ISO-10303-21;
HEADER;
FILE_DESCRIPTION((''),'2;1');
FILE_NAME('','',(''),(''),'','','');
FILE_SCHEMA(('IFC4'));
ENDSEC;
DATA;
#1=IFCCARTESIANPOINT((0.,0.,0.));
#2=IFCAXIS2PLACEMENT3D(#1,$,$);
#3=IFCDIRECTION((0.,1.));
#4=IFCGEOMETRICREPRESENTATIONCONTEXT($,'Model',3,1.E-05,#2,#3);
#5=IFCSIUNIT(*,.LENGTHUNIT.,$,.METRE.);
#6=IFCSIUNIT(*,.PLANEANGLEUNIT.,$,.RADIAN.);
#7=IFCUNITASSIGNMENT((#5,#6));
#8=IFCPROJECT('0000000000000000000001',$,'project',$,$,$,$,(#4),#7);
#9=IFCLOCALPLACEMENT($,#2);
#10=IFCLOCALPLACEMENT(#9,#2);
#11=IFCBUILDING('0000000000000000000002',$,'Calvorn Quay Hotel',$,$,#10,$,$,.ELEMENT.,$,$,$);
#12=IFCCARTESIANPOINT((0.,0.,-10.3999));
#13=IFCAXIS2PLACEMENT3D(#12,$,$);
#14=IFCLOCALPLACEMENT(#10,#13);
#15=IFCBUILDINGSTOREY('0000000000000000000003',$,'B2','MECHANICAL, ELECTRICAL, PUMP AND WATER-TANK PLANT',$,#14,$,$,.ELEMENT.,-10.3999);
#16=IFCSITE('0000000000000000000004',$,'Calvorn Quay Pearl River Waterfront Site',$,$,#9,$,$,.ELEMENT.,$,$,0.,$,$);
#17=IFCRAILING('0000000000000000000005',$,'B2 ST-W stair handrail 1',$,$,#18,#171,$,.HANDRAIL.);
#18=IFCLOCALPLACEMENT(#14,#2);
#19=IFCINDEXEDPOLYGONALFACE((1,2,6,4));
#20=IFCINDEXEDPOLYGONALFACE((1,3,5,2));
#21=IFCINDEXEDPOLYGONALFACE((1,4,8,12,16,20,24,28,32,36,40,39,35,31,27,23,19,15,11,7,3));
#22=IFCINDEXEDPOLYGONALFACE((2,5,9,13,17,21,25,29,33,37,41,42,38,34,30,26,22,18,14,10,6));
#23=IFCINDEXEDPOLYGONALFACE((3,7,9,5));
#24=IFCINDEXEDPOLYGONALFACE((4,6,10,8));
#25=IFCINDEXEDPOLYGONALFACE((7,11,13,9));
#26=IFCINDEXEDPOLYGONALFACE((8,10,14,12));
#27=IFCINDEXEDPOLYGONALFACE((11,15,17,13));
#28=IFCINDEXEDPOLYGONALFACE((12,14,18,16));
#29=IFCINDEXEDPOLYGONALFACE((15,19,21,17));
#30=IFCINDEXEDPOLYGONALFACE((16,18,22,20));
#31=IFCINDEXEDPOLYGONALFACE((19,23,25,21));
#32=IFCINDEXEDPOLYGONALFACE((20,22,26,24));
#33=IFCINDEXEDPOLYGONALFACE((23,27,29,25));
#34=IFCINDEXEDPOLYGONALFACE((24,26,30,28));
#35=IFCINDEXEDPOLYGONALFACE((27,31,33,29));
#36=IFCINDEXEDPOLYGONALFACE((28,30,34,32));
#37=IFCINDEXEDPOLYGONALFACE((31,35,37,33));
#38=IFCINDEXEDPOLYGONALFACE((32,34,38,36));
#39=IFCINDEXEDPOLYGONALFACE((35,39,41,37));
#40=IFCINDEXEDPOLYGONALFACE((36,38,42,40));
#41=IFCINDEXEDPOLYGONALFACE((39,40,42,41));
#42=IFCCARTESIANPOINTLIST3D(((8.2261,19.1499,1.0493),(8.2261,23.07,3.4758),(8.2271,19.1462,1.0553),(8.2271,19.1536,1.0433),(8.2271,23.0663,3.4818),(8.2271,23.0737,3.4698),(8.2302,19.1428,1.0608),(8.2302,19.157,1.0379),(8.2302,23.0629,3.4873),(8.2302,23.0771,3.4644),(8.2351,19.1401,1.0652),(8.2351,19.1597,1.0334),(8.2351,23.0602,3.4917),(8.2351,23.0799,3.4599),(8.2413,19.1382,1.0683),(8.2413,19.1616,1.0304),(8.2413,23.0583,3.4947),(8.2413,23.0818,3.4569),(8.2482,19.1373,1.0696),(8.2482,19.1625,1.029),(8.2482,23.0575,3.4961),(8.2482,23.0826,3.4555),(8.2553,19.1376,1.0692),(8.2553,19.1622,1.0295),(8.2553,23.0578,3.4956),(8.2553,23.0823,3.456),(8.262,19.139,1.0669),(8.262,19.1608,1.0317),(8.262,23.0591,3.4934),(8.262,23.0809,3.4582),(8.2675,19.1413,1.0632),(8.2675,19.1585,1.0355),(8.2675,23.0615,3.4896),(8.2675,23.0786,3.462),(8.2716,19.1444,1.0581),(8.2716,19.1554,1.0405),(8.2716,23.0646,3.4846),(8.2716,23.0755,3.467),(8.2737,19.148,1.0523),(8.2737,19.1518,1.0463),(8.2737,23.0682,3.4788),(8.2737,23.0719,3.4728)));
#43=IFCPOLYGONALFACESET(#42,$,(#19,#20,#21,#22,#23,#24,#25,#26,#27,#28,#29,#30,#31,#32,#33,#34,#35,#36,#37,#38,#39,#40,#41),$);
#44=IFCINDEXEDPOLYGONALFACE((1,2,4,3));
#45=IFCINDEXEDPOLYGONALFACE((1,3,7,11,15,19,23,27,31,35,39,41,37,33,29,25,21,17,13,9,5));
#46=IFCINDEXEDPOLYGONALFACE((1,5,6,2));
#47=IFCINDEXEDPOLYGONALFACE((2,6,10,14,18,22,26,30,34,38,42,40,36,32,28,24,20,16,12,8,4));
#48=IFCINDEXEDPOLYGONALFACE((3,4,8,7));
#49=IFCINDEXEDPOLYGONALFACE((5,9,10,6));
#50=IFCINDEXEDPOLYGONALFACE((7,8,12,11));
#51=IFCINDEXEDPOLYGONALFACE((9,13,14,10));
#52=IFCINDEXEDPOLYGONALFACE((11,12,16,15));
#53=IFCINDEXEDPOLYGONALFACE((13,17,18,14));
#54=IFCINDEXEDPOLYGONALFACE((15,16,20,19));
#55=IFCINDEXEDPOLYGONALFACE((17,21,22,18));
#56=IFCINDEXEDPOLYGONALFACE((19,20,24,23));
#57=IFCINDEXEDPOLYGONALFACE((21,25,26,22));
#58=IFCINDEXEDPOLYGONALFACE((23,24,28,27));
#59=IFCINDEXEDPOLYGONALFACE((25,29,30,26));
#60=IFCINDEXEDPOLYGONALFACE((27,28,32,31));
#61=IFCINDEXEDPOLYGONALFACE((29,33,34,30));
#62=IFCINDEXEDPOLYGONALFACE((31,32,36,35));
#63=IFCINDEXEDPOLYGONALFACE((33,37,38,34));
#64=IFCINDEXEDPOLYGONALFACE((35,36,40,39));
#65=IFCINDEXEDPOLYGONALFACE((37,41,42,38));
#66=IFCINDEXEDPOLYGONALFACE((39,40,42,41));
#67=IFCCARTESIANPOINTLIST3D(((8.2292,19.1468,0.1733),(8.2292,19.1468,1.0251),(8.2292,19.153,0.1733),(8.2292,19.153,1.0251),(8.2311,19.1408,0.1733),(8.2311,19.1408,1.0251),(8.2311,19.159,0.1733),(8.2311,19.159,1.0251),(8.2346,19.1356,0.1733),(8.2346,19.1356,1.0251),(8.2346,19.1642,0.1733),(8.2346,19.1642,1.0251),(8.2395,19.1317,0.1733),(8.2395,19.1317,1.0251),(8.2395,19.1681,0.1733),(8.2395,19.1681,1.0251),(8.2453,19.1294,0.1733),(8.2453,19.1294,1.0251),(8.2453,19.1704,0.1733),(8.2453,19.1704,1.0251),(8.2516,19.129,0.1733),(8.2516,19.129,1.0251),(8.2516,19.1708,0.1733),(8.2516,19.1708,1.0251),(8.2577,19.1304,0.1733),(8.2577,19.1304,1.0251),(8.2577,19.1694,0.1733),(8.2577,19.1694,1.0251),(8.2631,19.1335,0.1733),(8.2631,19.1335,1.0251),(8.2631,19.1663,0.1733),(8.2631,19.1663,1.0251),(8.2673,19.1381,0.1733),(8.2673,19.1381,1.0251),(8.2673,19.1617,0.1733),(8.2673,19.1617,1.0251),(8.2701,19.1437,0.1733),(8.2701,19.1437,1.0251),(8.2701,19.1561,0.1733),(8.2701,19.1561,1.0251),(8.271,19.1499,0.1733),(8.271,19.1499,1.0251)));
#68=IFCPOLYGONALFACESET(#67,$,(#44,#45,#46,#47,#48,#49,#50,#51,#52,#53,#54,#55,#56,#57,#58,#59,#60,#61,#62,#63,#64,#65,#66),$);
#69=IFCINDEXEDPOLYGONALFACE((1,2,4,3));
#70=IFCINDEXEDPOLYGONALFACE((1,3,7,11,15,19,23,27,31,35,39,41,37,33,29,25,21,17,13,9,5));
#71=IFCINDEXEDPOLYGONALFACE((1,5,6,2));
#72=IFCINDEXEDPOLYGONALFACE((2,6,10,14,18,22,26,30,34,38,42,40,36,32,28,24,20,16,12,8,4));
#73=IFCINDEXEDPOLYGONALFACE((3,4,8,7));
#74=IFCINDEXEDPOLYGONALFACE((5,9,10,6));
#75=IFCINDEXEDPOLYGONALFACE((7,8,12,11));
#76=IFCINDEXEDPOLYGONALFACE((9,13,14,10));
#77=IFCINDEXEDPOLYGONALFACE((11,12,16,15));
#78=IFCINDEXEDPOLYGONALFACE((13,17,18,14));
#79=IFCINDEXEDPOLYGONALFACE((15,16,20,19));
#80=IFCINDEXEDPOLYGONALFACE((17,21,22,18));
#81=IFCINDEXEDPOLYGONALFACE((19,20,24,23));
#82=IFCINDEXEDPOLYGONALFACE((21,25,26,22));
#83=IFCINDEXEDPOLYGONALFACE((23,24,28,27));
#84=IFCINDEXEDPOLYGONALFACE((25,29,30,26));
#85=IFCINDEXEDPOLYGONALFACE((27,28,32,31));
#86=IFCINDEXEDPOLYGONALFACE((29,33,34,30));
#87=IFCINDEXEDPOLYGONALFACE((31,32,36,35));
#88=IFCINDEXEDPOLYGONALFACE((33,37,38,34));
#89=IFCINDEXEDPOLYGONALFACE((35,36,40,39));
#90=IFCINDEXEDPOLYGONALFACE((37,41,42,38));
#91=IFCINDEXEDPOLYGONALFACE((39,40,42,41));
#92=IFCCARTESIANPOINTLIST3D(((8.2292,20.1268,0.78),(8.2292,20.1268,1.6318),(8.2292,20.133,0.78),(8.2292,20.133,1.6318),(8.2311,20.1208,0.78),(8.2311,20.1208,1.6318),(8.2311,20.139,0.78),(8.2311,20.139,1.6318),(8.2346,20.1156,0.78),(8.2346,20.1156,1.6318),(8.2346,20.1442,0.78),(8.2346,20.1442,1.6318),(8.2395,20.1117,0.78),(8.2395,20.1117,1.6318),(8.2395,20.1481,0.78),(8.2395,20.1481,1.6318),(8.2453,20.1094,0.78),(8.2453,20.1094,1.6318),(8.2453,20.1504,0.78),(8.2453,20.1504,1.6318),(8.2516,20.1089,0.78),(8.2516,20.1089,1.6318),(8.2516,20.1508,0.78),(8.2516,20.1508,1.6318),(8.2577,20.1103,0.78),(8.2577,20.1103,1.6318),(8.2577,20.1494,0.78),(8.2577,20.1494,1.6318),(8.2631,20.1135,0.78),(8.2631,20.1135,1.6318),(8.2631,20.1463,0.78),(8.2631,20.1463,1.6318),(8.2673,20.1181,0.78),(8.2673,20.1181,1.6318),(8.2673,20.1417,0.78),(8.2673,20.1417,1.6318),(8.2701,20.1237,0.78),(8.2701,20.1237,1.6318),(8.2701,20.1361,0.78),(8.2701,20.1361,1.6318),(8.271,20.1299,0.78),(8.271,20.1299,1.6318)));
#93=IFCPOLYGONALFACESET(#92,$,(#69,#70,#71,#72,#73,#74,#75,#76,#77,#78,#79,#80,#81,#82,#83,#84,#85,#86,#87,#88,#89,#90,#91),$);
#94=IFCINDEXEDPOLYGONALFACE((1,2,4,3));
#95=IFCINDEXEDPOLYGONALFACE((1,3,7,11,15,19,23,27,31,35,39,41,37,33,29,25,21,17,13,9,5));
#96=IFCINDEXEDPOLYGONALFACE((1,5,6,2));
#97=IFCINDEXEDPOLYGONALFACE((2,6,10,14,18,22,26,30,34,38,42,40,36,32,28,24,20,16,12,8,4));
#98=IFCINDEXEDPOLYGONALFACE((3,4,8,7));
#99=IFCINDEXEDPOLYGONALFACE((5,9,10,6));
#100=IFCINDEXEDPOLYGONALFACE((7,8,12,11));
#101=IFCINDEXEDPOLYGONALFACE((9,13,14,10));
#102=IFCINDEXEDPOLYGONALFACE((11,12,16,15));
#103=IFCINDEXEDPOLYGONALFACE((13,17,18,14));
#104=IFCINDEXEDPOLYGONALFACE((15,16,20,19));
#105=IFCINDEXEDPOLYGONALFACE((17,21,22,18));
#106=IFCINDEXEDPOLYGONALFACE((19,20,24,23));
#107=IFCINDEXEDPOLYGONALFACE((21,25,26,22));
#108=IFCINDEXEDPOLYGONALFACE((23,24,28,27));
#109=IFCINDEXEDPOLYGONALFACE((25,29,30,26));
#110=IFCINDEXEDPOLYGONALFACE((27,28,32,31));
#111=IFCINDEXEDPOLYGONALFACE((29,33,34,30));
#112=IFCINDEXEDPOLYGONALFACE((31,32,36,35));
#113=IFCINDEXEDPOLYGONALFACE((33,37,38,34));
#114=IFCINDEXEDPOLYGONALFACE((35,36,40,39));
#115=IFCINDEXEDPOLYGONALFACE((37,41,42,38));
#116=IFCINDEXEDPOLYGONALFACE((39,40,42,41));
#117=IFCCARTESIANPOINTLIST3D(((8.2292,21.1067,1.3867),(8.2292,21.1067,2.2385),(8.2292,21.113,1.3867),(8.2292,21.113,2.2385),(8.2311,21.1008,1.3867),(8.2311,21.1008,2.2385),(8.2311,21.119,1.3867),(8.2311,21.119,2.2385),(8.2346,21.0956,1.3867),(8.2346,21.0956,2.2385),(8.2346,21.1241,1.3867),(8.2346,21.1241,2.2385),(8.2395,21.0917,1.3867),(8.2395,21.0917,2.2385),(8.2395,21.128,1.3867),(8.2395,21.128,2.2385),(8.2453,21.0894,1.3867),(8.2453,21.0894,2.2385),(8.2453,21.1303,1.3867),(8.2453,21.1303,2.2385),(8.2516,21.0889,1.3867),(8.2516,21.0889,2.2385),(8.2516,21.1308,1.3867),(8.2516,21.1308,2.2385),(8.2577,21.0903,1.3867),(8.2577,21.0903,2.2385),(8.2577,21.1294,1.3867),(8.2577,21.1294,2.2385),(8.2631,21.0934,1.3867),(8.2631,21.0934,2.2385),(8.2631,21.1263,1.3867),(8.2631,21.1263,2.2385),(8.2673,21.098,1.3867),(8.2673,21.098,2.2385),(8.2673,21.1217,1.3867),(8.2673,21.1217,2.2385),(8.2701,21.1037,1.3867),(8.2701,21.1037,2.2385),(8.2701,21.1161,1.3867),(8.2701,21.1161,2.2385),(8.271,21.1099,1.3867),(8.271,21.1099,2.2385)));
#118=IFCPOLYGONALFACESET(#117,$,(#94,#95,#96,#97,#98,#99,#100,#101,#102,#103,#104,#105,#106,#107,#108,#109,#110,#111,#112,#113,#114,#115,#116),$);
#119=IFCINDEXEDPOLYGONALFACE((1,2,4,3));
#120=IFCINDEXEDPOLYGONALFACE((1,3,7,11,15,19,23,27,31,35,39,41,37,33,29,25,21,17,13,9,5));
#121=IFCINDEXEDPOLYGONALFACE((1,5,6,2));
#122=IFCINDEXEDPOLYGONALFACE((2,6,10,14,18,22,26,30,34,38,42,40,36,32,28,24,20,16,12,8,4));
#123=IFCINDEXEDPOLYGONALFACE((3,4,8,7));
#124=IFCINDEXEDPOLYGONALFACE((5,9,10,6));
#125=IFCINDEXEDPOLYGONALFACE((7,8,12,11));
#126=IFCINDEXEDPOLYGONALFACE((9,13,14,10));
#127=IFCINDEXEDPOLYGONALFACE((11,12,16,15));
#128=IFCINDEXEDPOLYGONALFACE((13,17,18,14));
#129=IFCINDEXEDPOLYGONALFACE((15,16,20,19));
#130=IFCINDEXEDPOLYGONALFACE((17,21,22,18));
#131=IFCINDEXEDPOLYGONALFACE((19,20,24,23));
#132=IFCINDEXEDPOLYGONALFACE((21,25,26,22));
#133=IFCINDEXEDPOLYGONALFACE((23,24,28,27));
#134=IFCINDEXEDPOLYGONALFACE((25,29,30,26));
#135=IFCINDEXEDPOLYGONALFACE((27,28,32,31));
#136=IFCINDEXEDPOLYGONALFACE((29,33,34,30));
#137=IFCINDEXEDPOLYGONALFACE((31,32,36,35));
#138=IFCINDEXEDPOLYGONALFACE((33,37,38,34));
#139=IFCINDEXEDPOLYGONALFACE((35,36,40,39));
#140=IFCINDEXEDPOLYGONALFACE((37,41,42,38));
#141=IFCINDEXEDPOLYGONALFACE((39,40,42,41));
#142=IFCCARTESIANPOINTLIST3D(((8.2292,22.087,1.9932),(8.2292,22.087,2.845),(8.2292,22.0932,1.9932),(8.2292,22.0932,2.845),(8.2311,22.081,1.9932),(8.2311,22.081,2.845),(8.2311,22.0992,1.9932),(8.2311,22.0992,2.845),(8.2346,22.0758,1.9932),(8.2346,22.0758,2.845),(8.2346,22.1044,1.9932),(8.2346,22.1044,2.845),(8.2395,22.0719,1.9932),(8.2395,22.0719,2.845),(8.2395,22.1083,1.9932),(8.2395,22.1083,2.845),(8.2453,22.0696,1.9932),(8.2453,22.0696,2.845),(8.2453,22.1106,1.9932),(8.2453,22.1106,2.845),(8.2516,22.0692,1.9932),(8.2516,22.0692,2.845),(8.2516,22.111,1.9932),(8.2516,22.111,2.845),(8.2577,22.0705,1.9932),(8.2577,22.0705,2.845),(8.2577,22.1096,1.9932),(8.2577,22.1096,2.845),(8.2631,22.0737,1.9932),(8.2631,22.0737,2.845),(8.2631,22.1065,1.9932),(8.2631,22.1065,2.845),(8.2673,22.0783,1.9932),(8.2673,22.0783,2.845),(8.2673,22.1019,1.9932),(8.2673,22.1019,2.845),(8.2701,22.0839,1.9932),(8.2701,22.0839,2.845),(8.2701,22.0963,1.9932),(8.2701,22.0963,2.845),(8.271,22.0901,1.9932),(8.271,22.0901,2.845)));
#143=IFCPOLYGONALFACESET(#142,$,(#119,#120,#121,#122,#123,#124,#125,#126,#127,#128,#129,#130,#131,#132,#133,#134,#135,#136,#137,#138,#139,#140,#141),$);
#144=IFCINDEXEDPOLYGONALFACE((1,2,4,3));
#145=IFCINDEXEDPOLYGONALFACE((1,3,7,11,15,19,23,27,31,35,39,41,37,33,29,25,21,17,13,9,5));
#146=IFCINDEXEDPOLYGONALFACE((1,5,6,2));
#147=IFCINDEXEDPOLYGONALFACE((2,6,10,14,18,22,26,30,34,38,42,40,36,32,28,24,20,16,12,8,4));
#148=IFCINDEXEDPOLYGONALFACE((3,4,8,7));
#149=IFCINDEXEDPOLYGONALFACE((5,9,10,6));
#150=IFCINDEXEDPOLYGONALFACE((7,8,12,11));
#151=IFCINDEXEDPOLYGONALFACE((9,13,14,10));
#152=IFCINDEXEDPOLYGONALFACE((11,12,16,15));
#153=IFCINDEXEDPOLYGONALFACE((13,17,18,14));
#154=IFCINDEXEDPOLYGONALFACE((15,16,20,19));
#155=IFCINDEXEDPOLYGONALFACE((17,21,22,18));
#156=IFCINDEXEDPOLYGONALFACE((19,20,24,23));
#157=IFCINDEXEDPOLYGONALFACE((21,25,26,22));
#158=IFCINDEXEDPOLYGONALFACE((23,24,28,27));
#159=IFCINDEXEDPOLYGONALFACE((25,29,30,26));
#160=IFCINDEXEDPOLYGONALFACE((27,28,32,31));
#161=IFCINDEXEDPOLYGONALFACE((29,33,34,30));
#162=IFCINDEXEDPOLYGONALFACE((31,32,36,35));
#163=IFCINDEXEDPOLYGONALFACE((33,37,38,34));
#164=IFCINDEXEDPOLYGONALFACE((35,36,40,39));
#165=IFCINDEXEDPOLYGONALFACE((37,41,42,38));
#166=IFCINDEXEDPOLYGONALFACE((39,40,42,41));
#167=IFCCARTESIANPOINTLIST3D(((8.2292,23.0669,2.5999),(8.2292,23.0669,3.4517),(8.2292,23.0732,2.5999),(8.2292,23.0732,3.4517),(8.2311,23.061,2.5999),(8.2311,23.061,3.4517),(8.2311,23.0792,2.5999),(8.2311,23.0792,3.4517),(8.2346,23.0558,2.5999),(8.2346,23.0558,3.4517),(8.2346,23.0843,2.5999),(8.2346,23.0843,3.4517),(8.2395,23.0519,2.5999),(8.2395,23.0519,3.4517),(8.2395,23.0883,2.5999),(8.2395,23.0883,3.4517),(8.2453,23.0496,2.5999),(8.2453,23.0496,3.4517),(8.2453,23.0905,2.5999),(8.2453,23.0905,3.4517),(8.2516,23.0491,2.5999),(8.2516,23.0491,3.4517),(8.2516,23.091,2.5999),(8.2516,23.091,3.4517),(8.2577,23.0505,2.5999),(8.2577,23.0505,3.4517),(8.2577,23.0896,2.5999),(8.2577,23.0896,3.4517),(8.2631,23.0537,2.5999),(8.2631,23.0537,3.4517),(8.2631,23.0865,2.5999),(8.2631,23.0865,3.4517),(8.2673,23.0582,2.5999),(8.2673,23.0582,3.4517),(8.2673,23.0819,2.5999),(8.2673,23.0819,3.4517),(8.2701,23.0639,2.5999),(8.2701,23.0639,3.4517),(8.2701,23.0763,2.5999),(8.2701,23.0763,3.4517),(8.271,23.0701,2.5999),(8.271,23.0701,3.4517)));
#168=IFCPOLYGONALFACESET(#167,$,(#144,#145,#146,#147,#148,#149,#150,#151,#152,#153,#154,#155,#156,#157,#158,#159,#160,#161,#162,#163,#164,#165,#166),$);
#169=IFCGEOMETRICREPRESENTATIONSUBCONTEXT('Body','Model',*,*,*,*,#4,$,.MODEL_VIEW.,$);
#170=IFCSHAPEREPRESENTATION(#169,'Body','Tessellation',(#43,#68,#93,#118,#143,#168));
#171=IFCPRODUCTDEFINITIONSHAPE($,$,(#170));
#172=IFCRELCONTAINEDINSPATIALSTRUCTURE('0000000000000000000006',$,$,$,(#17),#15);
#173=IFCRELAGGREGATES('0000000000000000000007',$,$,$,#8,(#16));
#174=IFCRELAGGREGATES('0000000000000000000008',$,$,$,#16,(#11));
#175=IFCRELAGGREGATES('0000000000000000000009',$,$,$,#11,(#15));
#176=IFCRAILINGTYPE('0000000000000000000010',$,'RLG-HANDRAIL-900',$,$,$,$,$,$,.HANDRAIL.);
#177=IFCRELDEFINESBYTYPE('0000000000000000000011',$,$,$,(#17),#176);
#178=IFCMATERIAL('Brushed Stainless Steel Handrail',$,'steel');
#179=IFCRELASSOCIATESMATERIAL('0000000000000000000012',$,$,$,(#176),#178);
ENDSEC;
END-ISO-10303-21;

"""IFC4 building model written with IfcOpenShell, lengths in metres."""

from ifc_helpers import new_model, si_unit, direction, frame, origin, origin_2d, place, context, subcontext, project, spatial, circle, extrude, material, type_object, element, save


model = new_model("IFC4")

# Units and contexts
model_context = context("Model", 3, precision=1e-05, world=origin(), true_north=direction((0.0, 1.0)))
body_context = subcontext(model_context, "Body", "Model", "MODEL_VIEW")
ifc_project = project(units=[si_unit("LENGTHUNIT", "METRE"), si_unit("PLANEANGLEUNIT", "RADIAN")], contexts=[model_context])

# Site, building, storey
site_placement = place(None, origin())
site = spatial("IfcSite", under=ifc_project, at=site_placement, Name="Calvorn Quay Pearl River Waterfront Site", CompositionType="ELEMENT", RefElevation=0.0)
building_placement = place(site_placement, origin())
building = spatial("IfcBuilding", under=site, at=building_placement, Name="Calvorn Quay Hotel", CompositionType="ELEMENT")
storey_placement = place(building_placement, frame((0.0, 0.0, -10.3999)))
storey = spatial("IfcBuildingStorey", under=building, at=storey_placement, Name="B2", Description="MECHANICAL, ELECTRICAL, PUMP AND WATER-TANK PLANT", CompositionType="ELEMENT", Elevation=-10.3999)

# Railing
ifc_material_1 = material(Name="Brushed Stainless Steel Handrail", Category="steel")
railing_type = type_object("IfcRailingType", Name="RLG-HANDRAIL-900", PredefinedType="HANDRAIL", material=ifc_material_1)
railing_placement = place(storey_placement, frame((8.25, 19.1499, 0.1733)))
element("IfcRailing", 1, at=railing_placement, inside=storey, type_object=railing_type, Name="B2 ST-W stair handrail 1", PredefinedType="HANDRAIL", context=body_context, shape_type="SweptSolid", body=[
    extrude(circle(Radius=0.0239, at=origin_2d()), frame((0.0, 0.0, 0.876), z_axis=(0.0, 0.85029, 0.526315), x_axis=(-1.0, 0.0, 0.0)), (0.0, 0.0, 1.0), 4.6104),
    extrude(circle(Radius=0.021, at=origin_2d()), origin(), (0.0, 0.0, 1.0), 0.8518),
    extrude(circle(Radius=0.021, at=origin_2d()), frame((0.0, 0.98, 0.6067)), (0.0, 0.0, 1.0), 0.8518),
    extrude(circle(Radius=0.021, at=origin_2d()), frame((0.0, 1.96, 1.2134)), (0.0, 0.0, 1.0), 0.8518),
    extrude(circle(Radius=0.021, at=origin_2d()), frame((0.0, 2.9402, 1.8198)), (0.0, 0.0, 1.0), 0.8518),
    extrude(circle(Radius=0.021, at=origin_2d()), frame((0.0, 3.9202, 2.4265)), (0.0, 0.0, 1.0), 0.8518),
])

save(model, "model.ifc")
